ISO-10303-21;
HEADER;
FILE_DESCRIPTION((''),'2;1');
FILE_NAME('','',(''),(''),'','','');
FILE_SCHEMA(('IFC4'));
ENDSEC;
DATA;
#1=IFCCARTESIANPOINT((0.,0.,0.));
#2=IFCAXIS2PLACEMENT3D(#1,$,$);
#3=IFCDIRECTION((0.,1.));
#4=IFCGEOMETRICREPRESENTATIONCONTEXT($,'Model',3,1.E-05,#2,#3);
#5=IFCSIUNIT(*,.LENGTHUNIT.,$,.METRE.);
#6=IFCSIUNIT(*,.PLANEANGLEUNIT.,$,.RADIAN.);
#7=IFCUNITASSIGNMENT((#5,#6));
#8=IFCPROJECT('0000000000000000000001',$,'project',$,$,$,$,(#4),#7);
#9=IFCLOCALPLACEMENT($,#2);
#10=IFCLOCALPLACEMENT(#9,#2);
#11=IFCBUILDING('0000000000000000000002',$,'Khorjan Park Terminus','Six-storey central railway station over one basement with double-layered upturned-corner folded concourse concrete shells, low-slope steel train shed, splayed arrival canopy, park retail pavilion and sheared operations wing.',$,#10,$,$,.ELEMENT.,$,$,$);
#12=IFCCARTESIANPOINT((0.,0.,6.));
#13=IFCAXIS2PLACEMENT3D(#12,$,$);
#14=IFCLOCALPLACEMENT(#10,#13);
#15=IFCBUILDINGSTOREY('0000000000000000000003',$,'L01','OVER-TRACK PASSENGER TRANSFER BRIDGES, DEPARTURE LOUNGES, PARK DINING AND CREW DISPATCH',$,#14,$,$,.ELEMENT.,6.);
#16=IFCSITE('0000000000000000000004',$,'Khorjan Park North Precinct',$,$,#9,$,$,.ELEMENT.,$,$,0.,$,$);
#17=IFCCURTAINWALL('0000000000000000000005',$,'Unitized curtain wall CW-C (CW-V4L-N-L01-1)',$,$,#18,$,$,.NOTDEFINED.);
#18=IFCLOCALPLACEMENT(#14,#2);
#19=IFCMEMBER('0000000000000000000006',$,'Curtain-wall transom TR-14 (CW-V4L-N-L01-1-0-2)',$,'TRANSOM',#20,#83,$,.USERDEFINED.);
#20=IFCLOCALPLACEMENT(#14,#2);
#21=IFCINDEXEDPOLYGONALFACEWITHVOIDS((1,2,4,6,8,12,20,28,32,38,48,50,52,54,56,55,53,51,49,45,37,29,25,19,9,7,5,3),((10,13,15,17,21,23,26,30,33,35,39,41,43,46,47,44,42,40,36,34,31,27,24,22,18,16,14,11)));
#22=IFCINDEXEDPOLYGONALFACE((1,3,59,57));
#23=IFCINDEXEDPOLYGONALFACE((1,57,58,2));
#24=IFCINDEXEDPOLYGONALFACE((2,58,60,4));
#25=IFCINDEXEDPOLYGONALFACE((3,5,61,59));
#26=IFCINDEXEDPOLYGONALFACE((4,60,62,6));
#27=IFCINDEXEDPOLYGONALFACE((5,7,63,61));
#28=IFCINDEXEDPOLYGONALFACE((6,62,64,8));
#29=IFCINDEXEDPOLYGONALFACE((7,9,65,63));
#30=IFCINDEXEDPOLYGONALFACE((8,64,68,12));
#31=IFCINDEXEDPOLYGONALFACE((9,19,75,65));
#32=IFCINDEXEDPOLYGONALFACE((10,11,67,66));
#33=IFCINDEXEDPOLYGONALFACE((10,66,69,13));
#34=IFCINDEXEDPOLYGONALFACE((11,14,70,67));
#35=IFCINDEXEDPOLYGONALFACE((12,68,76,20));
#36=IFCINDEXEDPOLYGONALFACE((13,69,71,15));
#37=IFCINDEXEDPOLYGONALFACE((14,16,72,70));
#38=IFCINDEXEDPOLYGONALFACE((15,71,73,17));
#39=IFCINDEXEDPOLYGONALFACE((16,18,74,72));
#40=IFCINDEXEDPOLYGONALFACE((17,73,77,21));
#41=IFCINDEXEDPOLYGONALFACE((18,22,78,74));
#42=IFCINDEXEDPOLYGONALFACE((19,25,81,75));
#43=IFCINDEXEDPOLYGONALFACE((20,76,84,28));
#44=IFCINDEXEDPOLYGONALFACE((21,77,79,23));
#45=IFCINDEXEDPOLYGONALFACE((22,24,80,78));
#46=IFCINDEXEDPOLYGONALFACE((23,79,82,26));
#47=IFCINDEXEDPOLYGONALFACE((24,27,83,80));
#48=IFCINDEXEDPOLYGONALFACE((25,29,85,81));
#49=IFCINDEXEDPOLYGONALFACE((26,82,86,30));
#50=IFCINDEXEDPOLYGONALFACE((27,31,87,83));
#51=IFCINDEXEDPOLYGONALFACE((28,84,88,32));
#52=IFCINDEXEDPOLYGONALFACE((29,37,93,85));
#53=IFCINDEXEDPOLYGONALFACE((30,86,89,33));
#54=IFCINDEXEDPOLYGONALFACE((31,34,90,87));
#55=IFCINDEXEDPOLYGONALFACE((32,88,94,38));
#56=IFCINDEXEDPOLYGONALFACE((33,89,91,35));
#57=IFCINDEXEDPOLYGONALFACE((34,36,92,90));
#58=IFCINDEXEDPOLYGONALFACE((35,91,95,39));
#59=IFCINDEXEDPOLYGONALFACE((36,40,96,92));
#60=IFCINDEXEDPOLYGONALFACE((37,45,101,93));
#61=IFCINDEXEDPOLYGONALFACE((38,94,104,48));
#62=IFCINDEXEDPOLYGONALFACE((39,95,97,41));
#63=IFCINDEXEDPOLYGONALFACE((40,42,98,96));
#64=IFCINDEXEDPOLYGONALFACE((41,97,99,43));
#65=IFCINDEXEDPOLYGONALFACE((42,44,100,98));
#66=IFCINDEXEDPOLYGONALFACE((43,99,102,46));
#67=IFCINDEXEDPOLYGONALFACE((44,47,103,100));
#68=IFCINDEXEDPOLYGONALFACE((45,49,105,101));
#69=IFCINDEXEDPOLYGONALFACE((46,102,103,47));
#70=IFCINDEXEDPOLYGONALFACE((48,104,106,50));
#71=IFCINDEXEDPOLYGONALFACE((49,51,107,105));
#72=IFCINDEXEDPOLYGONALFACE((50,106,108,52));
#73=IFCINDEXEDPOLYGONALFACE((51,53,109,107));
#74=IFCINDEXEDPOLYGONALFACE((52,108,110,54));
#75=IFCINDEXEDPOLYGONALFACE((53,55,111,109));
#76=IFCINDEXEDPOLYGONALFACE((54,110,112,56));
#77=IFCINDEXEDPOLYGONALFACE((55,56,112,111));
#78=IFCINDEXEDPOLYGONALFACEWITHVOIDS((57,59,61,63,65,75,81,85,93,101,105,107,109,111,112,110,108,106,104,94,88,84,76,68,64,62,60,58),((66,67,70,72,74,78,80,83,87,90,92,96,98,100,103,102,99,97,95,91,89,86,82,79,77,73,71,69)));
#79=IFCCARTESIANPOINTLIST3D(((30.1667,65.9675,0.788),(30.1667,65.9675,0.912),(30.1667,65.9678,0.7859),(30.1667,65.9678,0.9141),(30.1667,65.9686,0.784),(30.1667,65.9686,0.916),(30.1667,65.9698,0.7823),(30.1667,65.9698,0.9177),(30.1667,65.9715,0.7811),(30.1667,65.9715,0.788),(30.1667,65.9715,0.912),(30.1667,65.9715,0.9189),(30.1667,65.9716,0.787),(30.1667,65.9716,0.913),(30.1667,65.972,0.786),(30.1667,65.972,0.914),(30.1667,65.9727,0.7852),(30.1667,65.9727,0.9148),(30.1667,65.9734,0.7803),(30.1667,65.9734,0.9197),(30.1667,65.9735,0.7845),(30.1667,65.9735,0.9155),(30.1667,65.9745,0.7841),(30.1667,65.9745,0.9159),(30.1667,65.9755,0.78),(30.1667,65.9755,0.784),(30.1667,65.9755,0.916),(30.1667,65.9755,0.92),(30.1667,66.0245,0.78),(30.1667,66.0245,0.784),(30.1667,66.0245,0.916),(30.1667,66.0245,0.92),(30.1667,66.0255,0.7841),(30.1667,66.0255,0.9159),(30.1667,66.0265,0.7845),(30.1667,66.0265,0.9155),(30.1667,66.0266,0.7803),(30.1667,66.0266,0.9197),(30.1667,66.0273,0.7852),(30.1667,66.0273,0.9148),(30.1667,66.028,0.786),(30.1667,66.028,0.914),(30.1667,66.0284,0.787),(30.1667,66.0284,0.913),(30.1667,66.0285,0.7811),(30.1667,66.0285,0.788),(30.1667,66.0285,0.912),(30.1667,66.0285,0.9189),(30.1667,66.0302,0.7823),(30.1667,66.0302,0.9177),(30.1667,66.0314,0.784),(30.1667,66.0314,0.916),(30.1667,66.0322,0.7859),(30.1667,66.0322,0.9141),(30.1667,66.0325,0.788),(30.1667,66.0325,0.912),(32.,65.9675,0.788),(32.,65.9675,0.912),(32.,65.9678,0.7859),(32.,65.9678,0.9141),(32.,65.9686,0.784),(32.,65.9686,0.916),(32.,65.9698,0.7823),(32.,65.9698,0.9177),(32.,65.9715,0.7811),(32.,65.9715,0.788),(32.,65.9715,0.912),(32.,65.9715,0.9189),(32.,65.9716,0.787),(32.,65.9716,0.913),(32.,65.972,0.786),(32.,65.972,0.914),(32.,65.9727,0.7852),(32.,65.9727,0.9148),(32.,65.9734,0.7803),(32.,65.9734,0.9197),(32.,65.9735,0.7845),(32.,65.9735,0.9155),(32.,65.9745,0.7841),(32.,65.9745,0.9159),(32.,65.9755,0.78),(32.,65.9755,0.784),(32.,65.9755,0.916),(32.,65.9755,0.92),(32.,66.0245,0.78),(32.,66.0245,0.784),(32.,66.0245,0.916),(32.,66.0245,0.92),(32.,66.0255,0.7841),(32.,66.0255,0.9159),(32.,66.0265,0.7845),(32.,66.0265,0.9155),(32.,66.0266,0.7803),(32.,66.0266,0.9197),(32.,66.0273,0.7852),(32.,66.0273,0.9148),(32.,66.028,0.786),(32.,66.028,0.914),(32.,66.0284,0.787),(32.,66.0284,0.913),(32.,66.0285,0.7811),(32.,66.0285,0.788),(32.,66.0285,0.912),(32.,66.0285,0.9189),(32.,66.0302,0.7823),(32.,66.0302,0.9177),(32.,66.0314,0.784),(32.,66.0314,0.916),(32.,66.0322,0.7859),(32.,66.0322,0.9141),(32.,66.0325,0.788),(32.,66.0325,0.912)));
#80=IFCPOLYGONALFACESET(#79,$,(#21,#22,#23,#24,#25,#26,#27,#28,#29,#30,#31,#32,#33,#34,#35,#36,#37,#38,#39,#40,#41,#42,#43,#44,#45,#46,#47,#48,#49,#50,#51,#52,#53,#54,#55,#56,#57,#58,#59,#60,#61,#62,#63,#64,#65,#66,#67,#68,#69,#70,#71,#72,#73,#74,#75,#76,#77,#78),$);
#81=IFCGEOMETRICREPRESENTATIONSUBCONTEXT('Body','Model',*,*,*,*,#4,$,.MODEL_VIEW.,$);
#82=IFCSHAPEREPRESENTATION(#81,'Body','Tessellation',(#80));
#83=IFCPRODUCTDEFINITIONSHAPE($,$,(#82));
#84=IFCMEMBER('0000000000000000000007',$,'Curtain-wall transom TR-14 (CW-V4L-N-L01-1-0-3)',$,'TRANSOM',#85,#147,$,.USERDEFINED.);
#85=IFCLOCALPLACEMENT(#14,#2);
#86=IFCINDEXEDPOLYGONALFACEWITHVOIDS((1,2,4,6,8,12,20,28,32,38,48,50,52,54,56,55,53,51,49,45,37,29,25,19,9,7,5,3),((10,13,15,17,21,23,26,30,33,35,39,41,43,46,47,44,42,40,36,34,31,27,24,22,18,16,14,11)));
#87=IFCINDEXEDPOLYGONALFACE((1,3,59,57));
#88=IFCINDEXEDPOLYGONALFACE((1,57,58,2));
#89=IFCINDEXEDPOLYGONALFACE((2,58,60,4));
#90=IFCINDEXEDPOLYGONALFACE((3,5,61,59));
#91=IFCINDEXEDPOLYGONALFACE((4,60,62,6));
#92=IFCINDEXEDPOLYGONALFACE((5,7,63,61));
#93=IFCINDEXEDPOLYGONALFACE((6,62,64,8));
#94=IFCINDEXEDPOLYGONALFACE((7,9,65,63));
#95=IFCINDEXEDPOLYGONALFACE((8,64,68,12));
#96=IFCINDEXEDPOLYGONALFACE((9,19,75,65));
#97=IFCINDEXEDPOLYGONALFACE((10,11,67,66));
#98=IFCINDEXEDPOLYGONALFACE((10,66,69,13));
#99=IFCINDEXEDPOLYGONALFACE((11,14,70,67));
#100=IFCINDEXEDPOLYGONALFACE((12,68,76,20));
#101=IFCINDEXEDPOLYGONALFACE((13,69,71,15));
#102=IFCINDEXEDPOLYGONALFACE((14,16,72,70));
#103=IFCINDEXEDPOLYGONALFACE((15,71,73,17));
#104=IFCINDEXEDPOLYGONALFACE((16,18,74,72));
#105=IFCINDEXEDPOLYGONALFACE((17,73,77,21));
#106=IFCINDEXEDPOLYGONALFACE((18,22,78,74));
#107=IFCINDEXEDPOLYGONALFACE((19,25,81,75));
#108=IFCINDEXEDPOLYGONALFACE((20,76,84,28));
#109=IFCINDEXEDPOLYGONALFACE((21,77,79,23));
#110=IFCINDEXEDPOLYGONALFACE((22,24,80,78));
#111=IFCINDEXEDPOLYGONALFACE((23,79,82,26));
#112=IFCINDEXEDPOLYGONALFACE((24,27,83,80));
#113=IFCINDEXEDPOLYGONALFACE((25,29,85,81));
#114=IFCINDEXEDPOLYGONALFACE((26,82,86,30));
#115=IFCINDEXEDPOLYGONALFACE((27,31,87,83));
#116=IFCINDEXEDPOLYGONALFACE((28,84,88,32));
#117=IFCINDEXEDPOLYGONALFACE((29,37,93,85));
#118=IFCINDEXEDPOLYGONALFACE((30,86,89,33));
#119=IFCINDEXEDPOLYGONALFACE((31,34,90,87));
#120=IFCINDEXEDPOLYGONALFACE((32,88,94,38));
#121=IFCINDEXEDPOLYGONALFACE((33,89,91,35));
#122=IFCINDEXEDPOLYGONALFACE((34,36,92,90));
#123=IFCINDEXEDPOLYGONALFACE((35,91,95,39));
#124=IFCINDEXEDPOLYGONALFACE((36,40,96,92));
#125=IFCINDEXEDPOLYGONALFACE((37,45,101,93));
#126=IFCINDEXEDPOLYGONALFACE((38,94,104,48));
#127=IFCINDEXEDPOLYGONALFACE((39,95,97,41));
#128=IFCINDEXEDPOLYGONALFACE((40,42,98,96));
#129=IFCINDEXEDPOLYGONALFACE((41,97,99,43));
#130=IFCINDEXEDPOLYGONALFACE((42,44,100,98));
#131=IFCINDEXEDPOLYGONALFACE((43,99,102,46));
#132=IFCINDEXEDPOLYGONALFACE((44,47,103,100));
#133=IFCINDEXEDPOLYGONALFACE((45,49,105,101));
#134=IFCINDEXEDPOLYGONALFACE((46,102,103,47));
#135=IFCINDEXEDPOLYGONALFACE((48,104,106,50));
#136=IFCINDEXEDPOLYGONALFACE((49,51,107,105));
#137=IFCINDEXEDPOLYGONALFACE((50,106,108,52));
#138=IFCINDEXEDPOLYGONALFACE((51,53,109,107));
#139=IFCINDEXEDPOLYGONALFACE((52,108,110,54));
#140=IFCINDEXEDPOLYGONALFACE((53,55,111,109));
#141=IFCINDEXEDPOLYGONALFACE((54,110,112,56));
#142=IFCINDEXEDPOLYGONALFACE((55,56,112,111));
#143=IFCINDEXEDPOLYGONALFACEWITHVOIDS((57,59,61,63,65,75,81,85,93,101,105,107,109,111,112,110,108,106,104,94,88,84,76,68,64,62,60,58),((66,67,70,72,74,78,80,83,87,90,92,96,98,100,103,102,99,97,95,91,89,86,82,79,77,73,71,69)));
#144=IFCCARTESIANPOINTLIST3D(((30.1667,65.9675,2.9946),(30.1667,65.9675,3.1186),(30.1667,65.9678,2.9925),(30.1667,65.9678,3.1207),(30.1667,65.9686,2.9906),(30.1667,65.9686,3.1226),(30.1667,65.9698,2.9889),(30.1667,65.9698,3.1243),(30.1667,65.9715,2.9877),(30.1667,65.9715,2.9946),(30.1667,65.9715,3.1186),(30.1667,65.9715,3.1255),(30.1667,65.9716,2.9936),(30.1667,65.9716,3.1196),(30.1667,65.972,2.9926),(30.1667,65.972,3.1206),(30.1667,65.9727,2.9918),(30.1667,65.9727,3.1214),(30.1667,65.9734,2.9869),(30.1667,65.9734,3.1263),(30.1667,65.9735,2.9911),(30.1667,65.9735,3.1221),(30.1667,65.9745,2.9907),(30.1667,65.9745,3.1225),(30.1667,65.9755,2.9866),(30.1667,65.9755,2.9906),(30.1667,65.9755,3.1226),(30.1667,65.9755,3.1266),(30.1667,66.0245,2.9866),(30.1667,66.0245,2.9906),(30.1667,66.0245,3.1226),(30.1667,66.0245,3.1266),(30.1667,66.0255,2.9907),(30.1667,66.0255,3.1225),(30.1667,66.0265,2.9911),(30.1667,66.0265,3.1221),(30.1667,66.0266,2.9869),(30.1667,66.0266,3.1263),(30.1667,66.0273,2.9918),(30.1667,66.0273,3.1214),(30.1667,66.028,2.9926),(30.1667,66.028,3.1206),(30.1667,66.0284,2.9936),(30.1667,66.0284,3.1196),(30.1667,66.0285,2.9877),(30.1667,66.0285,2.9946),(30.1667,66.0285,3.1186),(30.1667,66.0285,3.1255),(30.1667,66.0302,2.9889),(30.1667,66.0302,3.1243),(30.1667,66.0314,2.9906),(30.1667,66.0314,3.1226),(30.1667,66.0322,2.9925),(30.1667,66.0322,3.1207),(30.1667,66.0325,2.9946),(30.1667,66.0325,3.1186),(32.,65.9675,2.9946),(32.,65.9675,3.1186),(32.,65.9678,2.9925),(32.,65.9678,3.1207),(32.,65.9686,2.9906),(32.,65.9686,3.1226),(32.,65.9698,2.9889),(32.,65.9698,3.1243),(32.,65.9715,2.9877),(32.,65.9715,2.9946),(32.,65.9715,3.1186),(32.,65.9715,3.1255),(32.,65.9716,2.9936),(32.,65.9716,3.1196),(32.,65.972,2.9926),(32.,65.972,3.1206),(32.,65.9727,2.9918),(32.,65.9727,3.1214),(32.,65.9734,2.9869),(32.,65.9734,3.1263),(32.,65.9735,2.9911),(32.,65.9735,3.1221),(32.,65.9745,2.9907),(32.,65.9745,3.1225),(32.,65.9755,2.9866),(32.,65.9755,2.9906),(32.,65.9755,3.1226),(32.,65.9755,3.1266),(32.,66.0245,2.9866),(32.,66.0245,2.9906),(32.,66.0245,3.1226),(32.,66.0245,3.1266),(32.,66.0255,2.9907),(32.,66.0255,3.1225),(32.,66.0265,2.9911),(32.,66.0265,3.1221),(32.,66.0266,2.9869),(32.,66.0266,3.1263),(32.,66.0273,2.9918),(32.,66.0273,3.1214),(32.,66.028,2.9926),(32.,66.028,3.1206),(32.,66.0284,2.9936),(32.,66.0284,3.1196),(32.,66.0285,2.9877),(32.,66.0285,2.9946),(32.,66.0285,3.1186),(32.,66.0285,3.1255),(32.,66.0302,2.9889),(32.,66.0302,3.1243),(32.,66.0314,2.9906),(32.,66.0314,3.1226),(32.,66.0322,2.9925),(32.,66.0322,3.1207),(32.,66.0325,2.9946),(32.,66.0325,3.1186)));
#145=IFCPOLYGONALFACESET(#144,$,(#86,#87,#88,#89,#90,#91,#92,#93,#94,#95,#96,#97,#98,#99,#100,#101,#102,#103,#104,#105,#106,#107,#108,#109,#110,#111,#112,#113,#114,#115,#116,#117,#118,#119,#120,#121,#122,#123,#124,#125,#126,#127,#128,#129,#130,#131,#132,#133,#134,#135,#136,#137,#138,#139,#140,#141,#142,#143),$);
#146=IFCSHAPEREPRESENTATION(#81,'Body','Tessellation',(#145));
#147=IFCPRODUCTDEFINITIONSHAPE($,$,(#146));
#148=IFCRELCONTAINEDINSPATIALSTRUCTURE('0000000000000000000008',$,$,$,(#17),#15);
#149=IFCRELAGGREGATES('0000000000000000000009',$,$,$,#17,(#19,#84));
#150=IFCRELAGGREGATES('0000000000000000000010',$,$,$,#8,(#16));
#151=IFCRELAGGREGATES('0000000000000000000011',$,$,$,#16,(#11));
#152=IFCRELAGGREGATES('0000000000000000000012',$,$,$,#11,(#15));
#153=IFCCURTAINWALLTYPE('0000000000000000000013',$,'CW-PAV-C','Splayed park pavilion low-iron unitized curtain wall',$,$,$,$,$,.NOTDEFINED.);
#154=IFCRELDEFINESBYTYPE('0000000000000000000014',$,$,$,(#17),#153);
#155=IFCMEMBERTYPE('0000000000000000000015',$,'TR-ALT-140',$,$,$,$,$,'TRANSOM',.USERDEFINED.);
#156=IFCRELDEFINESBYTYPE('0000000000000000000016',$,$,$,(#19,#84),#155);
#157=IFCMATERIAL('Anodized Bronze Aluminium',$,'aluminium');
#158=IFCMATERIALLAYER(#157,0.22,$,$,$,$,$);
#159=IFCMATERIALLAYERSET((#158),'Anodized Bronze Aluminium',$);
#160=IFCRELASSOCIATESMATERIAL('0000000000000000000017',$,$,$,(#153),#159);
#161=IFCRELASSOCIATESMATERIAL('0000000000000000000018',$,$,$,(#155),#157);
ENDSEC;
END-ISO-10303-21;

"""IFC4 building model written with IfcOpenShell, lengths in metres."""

from ifc_helpers import new_model, si_unit, direction, frame, origin, origin_2d, place, context, subcontext, project, spatial, hollow_rectangle, extrude, material, layer, layer_set, material_profile, profile_set, type_object, element, aggregate, save


model = new_model("IFC4")

# Units and contexts
model_context = context("Model", 3, precision=1e-05, world=origin(), true_north=direction((0.0, 1.0)))
body_context = subcontext(model_context, "Body", "Model", "MODEL_VIEW")
ifc_project = project(units=[si_unit("LENGTHUNIT", "METRE"), si_unit("PLANEANGLEUNIT", "RADIAN")], contexts=[model_context])

# Site, building, storey
site_placement = place(None, origin())
site = spatial("IfcSite", under=ifc_project, at=site_placement, Name="Khorjan Park North Precinct", CompositionType="ELEMENT", RefElevation=0.0)
building_placement = place(site_placement, origin())
building = spatial("IfcBuilding", under=site, at=building_placement, Name="Khorjan Park Terminus", Description="Six-storey central railway station over one basement with double-layered upturned-corner folded concourse concrete shells, low-slope steel train shed, splayed arrival canopy, park retail pavilion and sheared operations wing.", CompositionType="ELEMENT")
storey_placement = place(building_placement, frame((0.0, 0.0, 6.0)))
storey = spatial("IfcBuildingStorey", under=building, at=storey_placement, Name="L01", Description="OVER-TRACK PASSENGER TRANSFER BRIDGES, DEPARTURE LOUNGES, PARK DINING AND CREW DISPATCH", CompositionType="ELEMENT", Elevation=6.0)

# Curtain wall, members
ifc_material_1 = material(Name="Anodized Bronze Aluminium", Category="aluminium")
ifc_layer_1 = layer(ifc_material_1, 0.22)
ifc_layer_set_1 = layer_set([ifc_layer_1], Name="Anodized Bronze Aluminium")
curtain_wall_type = type_object("IfcCurtainWallType", Name="CW-PAV-C", Description="Splayed park pavilion low-iron unitized curtain wall", PredefinedType="NOTDEFINED", material=ifc_layer_set_1)
curtain_wall_1_placement = place(storey_placement, origin())
curtain_wall_1 = element("IfcCurtainWall", 1, at=curtain_wall_1_placement, inside=storey, type_object=curtain_wall_type, Name="Unitized curtain wall CW-C (CW-V4L-N-L01-1)", PredefinedType="NOTDEFINED")
ifc_material_profile_1 = material_profile(ifc_material_1, hollow_rectangle(XDim=0.065, YDim=0.14, WallThickness=0.004, InnerFilletRadius=0.004, OuterFilletRadius=0.008, at=origin_2d()), Name="ALT 65x140x4")
ifc_profile_set_1 = profile_set([ifc_material_profile_1], Name="Anodized Bronze Aluminium")
member_type_1 = type_object("IfcMemberType", Name="TR-ALT-140", ElementType="TRANSOM", PredefinedType="USERDEFINED", material=ifc_profile_set_1)
member_1_placement = place(storey_placement, frame((32.0, 66.0, 0.85), z_axis=(-1.0, 0.0, 0.0), x_axis=(0.0, -1.0, 0.0)))
member_1 = element("IfcMember", 2, at=member_1_placement, type_object=member_type_1, Name="Curtain-wall transom TR-14 (CW-V4L-N-L01-1-0-2)", ObjectType="TRANSOM", PredefinedType="USERDEFINED", context=body_context, shape_type="SweptSolid", body=[
    extrude(hollow_rectangle(XDim=0.065, YDim=0.14, WallThickness=0.004, InnerFilletRadius=0.004, OuterFilletRadius=0.008, at=origin_2d()), origin(), (0.0, 0.0, 1.0), 1.8333),
])
member_2_placement = place(storey_placement, frame((32.0, 66.0, 3.0566), z_axis=(-1.0, 0.0, 0.0), x_axis=(0.0, -1.0, 0.0)))
member_2 = element("IfcMember", 3, at=member_2_placement, type_object=member_type_1, Name="Curtain-wall transom TR-14 (CW-V4L-N-L01-1-0-3)", ObjectType="TRANSOM", PredefinedType="USERDEFINED", context=body_context, shape_type="SweptSolid", body=[
    extrude(hollow_rectangle(XDim=0.065, YDim=0.14, WallThickness=0.004, InnerFilletRadius=0.004, OuterFilletRadius=0.008, at=origin_2d()), origin(), (0.0, 0.0, 1.0), 1.8333),
])

aggregate(curtain_wall_1, [member_1, member_2])

save(model, "model.ifc")
